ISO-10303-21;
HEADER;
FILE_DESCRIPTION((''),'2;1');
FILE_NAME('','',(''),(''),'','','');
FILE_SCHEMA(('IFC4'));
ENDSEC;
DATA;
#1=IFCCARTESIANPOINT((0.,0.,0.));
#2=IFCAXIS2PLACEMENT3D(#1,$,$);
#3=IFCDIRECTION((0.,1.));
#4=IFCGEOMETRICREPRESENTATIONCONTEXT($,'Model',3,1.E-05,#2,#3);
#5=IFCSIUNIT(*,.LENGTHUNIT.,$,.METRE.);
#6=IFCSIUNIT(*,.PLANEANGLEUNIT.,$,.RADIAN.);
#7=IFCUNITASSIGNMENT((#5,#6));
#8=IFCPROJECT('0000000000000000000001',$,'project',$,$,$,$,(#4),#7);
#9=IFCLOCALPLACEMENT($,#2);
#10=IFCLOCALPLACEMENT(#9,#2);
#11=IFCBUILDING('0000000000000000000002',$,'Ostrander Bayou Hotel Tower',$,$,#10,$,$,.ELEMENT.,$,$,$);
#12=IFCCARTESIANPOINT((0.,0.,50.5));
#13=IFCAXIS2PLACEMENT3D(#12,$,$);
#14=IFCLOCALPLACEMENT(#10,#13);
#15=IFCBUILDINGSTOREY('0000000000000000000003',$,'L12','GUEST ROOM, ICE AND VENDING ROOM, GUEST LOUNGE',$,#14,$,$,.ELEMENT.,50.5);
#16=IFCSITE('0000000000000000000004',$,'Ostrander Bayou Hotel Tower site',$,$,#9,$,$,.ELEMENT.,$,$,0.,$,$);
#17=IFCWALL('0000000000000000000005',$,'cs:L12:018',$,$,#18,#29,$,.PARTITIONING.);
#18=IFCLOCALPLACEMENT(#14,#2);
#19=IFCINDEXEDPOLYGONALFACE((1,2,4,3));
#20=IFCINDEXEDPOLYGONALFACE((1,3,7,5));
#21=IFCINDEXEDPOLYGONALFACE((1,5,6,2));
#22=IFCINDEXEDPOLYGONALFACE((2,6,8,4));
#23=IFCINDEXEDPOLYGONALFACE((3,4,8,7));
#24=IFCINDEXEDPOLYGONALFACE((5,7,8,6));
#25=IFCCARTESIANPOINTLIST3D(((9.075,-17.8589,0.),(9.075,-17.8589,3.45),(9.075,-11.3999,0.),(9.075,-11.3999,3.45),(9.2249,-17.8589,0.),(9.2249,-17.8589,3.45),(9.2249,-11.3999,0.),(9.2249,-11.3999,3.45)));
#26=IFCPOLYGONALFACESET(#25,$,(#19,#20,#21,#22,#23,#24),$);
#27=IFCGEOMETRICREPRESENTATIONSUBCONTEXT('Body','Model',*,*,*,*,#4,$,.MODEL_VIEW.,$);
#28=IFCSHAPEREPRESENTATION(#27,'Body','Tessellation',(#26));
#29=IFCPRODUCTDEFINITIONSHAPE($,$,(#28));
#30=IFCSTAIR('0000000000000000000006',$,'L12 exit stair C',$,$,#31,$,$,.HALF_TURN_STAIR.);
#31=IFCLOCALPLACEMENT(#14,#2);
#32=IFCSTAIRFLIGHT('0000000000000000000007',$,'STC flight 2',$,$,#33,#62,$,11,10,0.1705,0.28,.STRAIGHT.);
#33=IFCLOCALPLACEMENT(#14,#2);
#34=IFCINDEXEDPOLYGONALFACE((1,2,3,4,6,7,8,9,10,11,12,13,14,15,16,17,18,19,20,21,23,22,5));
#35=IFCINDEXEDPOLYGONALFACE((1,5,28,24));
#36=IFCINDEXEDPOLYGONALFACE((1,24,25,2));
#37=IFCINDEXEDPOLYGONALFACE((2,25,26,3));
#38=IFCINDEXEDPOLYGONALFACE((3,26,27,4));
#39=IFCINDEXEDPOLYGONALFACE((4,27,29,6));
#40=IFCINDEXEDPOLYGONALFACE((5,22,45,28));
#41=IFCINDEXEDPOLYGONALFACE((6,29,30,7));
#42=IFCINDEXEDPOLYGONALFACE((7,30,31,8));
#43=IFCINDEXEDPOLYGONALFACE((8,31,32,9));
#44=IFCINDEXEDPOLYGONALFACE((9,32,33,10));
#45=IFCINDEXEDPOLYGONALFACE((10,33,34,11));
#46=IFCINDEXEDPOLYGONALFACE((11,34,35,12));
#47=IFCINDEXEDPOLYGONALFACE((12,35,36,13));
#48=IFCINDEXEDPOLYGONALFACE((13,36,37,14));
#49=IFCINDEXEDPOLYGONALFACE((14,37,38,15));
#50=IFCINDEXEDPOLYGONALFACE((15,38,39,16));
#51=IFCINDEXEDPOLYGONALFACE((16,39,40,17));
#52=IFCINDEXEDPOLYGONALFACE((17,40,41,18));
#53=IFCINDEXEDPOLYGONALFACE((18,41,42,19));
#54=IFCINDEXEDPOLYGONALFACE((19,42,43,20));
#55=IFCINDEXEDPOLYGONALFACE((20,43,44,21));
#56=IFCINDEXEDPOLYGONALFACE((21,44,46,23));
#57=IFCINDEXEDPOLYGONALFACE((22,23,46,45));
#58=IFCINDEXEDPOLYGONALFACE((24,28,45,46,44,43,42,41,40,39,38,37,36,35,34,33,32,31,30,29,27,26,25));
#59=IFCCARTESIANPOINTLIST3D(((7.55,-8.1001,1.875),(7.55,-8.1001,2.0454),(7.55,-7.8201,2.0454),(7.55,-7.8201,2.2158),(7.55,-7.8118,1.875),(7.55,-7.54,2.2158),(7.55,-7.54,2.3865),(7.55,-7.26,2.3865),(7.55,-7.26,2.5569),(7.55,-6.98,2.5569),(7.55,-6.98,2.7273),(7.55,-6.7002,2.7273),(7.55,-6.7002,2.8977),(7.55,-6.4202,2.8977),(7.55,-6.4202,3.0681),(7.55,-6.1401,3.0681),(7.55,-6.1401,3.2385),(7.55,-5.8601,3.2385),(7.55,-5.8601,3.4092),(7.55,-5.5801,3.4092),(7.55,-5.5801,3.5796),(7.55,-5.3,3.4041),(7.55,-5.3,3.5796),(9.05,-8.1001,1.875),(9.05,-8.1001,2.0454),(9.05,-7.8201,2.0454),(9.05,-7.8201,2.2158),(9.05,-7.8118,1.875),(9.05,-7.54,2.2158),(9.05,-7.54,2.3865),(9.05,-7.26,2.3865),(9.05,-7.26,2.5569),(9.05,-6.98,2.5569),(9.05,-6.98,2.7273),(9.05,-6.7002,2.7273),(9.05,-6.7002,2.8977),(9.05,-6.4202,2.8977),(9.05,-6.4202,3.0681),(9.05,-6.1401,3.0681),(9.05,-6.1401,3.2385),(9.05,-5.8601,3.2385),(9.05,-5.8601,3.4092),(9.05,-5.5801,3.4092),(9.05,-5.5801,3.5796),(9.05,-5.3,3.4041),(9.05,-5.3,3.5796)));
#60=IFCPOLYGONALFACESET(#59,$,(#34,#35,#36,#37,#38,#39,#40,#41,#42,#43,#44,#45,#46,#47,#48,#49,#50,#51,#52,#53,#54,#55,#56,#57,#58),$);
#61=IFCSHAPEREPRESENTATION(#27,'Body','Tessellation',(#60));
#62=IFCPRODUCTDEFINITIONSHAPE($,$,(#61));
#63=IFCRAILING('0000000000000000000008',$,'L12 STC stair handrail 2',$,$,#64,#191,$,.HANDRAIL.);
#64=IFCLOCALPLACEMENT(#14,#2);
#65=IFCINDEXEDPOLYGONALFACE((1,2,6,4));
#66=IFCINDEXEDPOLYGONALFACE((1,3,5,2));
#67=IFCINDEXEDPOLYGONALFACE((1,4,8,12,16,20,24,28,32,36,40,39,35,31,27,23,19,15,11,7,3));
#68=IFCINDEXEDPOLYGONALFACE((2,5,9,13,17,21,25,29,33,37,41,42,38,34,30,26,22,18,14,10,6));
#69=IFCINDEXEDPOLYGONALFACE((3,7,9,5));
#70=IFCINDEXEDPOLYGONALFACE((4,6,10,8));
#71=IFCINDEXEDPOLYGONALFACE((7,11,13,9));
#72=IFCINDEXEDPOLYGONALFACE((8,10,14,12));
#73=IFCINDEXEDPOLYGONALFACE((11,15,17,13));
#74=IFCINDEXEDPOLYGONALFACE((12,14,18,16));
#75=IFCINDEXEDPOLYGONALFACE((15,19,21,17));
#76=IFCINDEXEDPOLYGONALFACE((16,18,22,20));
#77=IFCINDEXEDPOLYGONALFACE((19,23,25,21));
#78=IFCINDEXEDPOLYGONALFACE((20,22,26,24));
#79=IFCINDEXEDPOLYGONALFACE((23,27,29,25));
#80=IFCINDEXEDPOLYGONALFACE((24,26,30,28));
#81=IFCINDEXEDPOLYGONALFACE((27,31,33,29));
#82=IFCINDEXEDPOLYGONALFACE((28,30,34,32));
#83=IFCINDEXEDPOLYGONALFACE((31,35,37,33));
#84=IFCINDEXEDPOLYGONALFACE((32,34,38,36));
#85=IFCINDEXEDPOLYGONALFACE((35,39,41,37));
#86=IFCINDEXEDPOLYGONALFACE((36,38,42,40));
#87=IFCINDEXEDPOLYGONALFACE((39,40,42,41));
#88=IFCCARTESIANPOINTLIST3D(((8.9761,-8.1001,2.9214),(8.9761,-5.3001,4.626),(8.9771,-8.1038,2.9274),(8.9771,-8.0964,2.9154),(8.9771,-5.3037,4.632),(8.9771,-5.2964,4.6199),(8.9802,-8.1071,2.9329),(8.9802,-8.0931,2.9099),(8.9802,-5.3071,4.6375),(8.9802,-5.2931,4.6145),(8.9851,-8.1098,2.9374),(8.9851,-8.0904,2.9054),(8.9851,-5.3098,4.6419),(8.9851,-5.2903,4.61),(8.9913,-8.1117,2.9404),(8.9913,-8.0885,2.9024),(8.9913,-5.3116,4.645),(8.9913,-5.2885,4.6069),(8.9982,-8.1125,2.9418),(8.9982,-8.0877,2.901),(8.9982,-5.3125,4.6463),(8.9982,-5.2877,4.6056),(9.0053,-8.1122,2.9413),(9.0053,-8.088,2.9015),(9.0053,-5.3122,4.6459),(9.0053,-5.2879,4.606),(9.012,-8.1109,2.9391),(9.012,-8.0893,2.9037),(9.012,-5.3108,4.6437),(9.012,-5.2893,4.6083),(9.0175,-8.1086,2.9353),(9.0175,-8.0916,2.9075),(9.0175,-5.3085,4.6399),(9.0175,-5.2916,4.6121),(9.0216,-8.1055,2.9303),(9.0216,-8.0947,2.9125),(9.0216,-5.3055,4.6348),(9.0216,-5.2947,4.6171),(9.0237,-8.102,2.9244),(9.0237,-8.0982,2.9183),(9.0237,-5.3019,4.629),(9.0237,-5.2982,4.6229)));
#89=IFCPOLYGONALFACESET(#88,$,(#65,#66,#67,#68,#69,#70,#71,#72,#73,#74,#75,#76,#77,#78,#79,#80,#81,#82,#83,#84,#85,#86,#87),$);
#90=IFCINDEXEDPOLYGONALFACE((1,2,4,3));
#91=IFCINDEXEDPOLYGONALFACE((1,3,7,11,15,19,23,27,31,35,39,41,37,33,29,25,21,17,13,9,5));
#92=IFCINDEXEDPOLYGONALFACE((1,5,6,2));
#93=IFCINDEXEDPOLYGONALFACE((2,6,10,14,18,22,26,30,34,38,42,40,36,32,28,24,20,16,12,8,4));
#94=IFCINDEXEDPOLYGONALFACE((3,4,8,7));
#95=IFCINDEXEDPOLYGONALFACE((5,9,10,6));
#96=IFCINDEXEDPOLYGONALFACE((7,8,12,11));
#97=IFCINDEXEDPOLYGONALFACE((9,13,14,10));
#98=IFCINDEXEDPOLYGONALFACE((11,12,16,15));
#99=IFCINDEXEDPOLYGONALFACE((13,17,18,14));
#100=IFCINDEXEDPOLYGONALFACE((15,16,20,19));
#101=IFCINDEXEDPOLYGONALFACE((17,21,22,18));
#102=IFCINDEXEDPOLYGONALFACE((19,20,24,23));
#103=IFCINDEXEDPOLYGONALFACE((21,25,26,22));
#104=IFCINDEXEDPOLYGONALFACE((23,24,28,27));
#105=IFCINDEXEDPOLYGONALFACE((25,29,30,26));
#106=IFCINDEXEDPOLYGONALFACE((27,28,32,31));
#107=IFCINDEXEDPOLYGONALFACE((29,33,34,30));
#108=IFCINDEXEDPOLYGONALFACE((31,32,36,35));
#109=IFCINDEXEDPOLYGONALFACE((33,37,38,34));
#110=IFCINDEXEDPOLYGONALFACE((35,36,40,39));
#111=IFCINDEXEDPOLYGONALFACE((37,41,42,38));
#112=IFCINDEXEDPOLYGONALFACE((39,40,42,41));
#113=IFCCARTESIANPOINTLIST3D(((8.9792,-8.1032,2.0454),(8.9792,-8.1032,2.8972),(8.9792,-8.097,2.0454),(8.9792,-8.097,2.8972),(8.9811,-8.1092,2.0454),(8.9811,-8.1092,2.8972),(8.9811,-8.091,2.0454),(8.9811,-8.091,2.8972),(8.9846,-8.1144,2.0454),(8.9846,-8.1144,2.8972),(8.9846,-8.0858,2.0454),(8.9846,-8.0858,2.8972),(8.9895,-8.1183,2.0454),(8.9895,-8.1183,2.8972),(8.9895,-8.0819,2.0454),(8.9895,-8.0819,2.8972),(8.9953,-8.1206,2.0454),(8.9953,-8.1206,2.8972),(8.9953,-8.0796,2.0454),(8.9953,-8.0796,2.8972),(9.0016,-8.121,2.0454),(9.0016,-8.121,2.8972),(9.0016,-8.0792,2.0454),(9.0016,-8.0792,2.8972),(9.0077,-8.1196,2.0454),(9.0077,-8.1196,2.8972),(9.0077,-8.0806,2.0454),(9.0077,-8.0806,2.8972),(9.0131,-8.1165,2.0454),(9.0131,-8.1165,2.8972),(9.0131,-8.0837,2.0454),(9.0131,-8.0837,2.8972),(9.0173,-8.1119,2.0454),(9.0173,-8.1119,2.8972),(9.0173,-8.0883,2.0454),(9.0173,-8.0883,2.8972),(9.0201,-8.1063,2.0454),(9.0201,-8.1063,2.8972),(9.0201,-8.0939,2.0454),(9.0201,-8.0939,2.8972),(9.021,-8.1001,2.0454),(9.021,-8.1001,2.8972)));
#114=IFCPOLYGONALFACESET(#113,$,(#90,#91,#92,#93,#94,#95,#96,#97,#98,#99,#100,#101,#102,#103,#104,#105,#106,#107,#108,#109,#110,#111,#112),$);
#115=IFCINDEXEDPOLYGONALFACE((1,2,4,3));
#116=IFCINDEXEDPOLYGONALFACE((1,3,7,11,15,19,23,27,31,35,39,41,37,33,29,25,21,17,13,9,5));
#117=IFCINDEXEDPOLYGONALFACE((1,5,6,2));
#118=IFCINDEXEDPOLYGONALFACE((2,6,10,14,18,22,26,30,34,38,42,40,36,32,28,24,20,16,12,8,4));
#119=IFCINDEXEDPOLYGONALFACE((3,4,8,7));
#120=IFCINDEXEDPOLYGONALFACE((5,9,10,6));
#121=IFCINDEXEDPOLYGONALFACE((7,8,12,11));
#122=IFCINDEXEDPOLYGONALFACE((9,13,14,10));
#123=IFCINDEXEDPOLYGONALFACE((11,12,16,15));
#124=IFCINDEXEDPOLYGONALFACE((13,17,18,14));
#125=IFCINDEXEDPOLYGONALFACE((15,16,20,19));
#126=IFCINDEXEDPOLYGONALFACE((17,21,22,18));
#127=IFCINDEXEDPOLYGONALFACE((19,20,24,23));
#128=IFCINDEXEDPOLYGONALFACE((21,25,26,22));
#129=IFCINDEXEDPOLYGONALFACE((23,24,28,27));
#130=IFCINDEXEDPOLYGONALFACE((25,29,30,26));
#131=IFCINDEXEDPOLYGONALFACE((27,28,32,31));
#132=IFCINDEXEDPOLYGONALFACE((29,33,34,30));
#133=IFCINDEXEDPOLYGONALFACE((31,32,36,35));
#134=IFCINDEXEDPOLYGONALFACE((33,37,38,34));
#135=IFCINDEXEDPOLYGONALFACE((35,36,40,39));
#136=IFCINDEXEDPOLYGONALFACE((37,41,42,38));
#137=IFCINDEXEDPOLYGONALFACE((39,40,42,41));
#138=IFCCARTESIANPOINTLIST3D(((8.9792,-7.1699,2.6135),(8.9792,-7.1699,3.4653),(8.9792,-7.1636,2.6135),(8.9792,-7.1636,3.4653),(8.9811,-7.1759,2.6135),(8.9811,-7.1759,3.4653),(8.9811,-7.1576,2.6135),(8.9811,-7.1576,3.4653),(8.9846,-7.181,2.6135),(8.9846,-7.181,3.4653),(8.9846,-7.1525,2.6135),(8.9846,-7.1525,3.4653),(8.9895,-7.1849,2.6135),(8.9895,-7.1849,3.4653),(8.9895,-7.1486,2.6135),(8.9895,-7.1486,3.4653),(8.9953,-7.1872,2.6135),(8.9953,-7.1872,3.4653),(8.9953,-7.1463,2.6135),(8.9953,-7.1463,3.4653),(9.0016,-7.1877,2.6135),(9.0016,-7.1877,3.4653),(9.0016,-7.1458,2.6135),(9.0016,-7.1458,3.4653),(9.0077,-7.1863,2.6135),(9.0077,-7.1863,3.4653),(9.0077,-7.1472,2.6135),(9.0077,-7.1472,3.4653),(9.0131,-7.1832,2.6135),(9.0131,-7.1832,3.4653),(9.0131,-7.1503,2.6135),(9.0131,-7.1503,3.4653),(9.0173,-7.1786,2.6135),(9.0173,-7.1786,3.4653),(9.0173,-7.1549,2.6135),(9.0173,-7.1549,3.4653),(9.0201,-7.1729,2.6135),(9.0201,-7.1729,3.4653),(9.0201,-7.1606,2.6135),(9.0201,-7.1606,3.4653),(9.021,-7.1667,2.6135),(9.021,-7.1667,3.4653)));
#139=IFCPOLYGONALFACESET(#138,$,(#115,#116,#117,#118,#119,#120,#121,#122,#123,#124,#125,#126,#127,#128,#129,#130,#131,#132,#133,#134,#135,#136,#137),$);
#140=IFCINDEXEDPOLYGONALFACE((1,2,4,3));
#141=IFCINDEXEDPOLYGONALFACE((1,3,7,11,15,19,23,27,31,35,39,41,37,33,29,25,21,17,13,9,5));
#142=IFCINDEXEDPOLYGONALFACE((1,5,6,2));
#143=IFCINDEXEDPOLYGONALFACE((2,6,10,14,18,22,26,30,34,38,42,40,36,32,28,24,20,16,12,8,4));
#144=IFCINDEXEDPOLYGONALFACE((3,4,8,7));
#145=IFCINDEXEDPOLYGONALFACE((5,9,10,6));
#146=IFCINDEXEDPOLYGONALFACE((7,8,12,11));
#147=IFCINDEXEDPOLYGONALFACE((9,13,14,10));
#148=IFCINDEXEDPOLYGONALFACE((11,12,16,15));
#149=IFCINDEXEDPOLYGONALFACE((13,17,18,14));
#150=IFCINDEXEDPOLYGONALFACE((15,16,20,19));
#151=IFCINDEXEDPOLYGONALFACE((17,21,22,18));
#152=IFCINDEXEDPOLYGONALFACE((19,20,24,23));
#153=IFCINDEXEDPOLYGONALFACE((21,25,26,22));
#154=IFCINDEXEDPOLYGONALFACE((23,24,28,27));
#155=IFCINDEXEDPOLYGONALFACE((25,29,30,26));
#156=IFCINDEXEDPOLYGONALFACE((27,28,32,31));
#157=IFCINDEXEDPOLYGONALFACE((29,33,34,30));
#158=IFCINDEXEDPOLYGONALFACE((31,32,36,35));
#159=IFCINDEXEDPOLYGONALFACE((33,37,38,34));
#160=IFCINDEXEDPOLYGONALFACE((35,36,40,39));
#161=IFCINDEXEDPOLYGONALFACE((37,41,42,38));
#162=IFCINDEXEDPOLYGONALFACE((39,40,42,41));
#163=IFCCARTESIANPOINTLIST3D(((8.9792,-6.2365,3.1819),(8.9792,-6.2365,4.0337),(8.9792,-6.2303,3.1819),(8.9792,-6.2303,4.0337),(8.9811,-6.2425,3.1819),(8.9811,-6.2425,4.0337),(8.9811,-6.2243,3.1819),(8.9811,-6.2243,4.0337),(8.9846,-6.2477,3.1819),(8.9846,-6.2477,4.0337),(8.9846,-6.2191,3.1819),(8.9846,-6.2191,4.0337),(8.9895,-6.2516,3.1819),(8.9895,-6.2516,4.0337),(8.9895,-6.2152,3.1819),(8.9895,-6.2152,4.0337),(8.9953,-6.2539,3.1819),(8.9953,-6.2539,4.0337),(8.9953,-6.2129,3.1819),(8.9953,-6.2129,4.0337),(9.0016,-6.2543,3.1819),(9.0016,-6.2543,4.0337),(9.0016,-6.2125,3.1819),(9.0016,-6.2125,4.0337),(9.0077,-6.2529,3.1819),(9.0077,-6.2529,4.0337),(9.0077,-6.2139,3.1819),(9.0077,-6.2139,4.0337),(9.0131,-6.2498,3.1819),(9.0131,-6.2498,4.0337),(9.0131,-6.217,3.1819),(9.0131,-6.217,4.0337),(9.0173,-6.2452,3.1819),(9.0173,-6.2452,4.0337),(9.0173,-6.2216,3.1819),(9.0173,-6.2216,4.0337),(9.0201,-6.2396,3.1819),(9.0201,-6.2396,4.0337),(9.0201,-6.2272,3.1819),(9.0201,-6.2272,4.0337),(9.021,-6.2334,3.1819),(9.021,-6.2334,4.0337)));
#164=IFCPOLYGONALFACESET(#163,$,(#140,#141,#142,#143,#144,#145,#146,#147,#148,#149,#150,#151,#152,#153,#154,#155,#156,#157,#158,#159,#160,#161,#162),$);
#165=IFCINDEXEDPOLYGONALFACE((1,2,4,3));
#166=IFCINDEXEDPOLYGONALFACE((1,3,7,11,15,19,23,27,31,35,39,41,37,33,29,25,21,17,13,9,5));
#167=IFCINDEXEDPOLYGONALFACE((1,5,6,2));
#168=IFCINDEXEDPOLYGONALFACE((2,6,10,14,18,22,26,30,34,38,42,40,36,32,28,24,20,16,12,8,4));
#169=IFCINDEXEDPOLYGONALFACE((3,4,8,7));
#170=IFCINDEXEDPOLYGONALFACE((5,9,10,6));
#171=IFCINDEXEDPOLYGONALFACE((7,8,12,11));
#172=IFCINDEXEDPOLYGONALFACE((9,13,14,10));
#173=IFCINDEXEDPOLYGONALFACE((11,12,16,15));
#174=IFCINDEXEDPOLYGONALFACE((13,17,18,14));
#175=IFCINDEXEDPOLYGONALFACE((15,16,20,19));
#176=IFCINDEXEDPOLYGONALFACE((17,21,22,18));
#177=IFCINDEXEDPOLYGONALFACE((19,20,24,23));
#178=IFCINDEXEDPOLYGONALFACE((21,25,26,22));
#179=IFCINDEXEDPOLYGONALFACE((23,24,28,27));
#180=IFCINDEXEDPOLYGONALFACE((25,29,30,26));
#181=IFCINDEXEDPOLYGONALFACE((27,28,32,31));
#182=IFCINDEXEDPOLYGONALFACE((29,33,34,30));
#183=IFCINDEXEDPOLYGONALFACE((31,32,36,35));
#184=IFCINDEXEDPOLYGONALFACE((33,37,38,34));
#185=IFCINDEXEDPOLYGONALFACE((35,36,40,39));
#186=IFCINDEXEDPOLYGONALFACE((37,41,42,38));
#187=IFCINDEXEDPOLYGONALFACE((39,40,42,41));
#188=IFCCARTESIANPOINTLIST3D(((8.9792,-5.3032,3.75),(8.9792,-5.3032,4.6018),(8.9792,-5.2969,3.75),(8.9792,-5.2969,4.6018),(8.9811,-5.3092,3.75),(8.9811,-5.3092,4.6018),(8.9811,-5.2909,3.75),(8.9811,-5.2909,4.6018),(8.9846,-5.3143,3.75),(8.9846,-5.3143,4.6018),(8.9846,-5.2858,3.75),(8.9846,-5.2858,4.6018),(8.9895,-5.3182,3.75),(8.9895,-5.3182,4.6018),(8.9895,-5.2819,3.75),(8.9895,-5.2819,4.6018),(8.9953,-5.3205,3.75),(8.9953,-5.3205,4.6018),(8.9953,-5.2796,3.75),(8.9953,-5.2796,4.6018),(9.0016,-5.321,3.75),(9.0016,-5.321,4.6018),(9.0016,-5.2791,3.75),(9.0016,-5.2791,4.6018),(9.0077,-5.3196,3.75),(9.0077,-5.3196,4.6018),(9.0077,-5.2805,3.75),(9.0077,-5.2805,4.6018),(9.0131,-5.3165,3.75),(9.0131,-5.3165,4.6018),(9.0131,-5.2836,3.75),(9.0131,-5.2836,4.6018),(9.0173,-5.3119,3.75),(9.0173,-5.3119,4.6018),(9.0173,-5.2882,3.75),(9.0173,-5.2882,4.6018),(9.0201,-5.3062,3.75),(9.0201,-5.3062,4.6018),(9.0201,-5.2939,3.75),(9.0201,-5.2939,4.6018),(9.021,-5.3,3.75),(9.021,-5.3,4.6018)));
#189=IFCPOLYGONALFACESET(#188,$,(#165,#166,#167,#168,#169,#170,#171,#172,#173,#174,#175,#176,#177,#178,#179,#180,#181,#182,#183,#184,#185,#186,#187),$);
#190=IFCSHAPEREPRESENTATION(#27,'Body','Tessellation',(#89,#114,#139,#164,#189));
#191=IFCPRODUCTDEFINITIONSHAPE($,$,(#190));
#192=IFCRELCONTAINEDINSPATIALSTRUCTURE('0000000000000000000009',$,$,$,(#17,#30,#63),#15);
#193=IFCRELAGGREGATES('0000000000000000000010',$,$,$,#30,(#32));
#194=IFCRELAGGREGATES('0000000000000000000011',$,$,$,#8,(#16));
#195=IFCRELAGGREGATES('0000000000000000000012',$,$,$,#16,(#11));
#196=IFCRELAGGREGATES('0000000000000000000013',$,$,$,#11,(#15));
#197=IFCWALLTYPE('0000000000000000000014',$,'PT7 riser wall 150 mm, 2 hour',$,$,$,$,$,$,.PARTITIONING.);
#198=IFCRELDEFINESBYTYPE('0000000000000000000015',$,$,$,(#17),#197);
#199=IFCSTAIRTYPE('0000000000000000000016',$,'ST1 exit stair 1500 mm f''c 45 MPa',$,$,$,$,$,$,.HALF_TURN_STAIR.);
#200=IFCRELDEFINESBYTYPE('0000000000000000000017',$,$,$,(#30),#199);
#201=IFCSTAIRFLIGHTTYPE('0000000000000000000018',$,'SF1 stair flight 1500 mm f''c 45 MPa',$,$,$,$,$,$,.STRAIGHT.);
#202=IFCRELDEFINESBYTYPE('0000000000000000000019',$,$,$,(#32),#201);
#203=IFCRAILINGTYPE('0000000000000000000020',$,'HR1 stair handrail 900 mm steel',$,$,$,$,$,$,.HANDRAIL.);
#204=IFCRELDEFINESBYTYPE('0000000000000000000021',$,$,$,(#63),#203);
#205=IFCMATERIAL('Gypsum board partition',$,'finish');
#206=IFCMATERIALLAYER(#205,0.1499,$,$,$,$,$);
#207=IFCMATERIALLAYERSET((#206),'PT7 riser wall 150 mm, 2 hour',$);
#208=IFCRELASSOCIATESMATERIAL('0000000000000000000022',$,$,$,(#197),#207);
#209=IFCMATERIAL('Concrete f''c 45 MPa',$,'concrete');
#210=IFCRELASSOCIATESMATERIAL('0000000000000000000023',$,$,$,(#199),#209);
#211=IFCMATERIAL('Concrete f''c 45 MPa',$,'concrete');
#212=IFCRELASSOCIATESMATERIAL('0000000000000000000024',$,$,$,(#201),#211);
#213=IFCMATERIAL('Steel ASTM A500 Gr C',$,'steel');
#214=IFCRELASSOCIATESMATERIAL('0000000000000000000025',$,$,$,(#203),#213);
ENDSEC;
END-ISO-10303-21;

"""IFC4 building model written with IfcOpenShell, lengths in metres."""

from ifc_helpers import new_model, si_unit, direction, frame, frame_2d, origin, origin_2d, place, context, subcontext, project, spatial, polyline, rectangle, circle, outline, extrude, material, layer, layer_set, type_object, element, aggregate, save


model = new_model("IFC4")

# Units and contexts
model_context = context("Model", 3, precision=1e-05, world=origin(), true_north=direction((0.0, 1.0)))
body_context = subcontext(model_context, "Body", "Model", "MODEL_VIEW")
ifc_project = project(units=[si_unit("LENGTHUNIT", "METRE"), si_unit("PLANEANGLEUNIT", "RADIAN")], contexts=[model_context])

# Site, building, storey
site_placement = place(None, origin())
site = spatial("IfcSite", under=ifc_project, at=site_placement, Name="Ostrander Bayou Hotel Tower site", CompositionType="ELEMENT", RefElevation=0.0)
building_placement = place(site_placement, origin())
building = spatial("IfcBuilding", under=site, at=building_placement, Name="Ostrander Bayou Hotel Tower", CompositionType="ELEMENT")
storey_placement = place(building_placement, frame((0.0, 0.0, 50.5)))
storey = spatial("IfcBuildingStorey", under=building, at=storey_placement, Name="L12", Description="GUEST ROOM, ICE AND VENDING ROOM, GUEST LOUNGE", CompositionType="ELEMENT", Elevation=50.5)

# Wall
ifc_material_1 = material(Name="Gypsum board partition", Category="finish")
ifc_layer_1 = layer(ifc_material_1, 0.1499)
ifc_layer_set_1 = layer_set([ifc_layer_1], Name="PT7 riser wall 150 mm, 2 hour")
wall_type_1 = type_object("IfcWallType", Name="PT7 riser wall 150 mm, 2 hour", PredefinedType="PARTITIONING", material=ifc_layer_set_1)
wall_1_placement = place(storey_placement, frame((9.1499, -11.3999, 0.0), z_axis=(0.0, 0.0, 1.0), x_axis=(0.0, -1.0, 0.0)))
element("IfcWall", 1, at=wall_1_placement, inside=storey, type_object=wall_type_1, Name="cs:L12:018", PredefinedType="PARTITIONING", context=body_context, shape_type="SweptSolid", body=[
    extrude(rectangle(XDim=6.459, YDim=0.1499, at=frame_2d((3.2295, 0.0))), origin(), (0.0, 0.0, 1.0), 3.45),
])

# Stair, stair flight
ifc_material_2 = material(Name="Concrete f'c 45 MPa", Category="concrete")
stair_type = type_object("IfcStairType", Name="ST1 exit stair 1500 mm f'c 45 MPa", PredefinedType="HALF_TURN_STAIR", material=ifc_material_2)
stair_placement = place(storey_placement, origin())
stair = element("IfcStair", 2, at=stair_placement, inside=storey, type_object=stair_type, Name="L12 exit stair C", PredefinedType="HALF_TURN_STAIR")
ifc_material_3 = material(Name="Concrete f'c 45 MPa", Category="concrete")
stair_flight_type = type_object("IfcStairFlightType", Name="SF1 stair flight 1500 mm f'c 45 MPa", PredefinedType="STRAIGHT", material=ifc_material_3)
stair_flight_placement = place(storey_placement, frame((8.3, -8.1001, 1.875), z_axis=(0.0, 0.0, 1.0), x_axis=(0.0, 1.0, 0.0)))
stair_flight = element("IfcStairFlight", 3, at=stair_flight_placement, type_object=stair_flight_type, Name="STC flight 2", NumberOfRisers=11, NumberOfTreads=10, PredefinedType="STRAIGHT", RiserHeight=0.1705, TreadLength=0.28, context=body_context, shape_type="SweptSolid", body=[
    extrude(outline(polyline([(0.0, 0.0), (0.0, 0.1704), (0.28, 0.1704), (0.28, 0.3408), (0.5601, 0.3408), (0.5601, 0.5115), (0.8401, 0.5115), (0.8401, 0.6819), (1.1201, 0.6819), (1.1201, 0.8523), (1.3999, 0.8523), (1.3999, 1.0227), (1.6799, 1.0227), (1.6799, 1.1931), (1.96, 1.1931), (1.96, 1.3635), (2.24, 1.3635), (2.24, 1.5342), (2.52, 1.5342), (2.52, 1.7046), (2.8, 1.7046), (2.8, 1.875), (2.8, 1.5291), (0.2883, 0.0), (0.0, 0.0)])), frame((0.0, 0.75, 0.0), z_axis=(0.0, -1.0, 0.0), x_axis=(1.0, 0.0, 0.0)), (0.0, 0.0, 1.0), 1.5),
])
aggregate(stair, [stair_flight])

# Railing
ifc_material_4 = material(Name="Steel ASTM A500 Gr C", Category="steel")
railing_type = type_object("IfcRailingType", Name="HR1 stair handrail 900 mm steel", PredefinedType="HANDRAIL", material=ifc_material_4)
railing_placement = place(storey_placement, frame((9.0, -8.1001, 2.0454)))
element("IfcRailing", 4, at=railing_placement, inside=storey, type_object=railing_type, Name="L12 STC stair handrail 2", PredefinedType="HANDRAIL", context=body_context, shape_type="SweptSolid", body=[
    extrude(circle(Radius=0.0239, at=origin_2d()), frame((0.0, 0.0, 0.876), z_axis=(0.0, 0.85417, 0.519994), x_axis=(-1.0, 0.0, 0.0)), (0.0, 0.0, 1.0), 3.2781),
    extrude(circle(Radius=0.021, at=origin_2d()), origin(), (0.0, 0.0, 1.0), 0.8518),
    extrude(circle(Radius=0.021, at=origin_2d()), frame((0.0, 0.9333, 0.5681)), (0.0, 0.0, 1.0), 0.8518),
    extrude(circle(Radius=0.021, at=origin_2d()), frame((0.0, 1.8667, 1.1365)), (0.0, 0.0, 1.0), 0.8518),
    extrude(circle(Radius=0.021, at=origin_2d()), frame((0.0, 2.8, 1.7046)), (0.0, 0.0, 1.0), 0.8518),
])

save(model, "model.ifc")
